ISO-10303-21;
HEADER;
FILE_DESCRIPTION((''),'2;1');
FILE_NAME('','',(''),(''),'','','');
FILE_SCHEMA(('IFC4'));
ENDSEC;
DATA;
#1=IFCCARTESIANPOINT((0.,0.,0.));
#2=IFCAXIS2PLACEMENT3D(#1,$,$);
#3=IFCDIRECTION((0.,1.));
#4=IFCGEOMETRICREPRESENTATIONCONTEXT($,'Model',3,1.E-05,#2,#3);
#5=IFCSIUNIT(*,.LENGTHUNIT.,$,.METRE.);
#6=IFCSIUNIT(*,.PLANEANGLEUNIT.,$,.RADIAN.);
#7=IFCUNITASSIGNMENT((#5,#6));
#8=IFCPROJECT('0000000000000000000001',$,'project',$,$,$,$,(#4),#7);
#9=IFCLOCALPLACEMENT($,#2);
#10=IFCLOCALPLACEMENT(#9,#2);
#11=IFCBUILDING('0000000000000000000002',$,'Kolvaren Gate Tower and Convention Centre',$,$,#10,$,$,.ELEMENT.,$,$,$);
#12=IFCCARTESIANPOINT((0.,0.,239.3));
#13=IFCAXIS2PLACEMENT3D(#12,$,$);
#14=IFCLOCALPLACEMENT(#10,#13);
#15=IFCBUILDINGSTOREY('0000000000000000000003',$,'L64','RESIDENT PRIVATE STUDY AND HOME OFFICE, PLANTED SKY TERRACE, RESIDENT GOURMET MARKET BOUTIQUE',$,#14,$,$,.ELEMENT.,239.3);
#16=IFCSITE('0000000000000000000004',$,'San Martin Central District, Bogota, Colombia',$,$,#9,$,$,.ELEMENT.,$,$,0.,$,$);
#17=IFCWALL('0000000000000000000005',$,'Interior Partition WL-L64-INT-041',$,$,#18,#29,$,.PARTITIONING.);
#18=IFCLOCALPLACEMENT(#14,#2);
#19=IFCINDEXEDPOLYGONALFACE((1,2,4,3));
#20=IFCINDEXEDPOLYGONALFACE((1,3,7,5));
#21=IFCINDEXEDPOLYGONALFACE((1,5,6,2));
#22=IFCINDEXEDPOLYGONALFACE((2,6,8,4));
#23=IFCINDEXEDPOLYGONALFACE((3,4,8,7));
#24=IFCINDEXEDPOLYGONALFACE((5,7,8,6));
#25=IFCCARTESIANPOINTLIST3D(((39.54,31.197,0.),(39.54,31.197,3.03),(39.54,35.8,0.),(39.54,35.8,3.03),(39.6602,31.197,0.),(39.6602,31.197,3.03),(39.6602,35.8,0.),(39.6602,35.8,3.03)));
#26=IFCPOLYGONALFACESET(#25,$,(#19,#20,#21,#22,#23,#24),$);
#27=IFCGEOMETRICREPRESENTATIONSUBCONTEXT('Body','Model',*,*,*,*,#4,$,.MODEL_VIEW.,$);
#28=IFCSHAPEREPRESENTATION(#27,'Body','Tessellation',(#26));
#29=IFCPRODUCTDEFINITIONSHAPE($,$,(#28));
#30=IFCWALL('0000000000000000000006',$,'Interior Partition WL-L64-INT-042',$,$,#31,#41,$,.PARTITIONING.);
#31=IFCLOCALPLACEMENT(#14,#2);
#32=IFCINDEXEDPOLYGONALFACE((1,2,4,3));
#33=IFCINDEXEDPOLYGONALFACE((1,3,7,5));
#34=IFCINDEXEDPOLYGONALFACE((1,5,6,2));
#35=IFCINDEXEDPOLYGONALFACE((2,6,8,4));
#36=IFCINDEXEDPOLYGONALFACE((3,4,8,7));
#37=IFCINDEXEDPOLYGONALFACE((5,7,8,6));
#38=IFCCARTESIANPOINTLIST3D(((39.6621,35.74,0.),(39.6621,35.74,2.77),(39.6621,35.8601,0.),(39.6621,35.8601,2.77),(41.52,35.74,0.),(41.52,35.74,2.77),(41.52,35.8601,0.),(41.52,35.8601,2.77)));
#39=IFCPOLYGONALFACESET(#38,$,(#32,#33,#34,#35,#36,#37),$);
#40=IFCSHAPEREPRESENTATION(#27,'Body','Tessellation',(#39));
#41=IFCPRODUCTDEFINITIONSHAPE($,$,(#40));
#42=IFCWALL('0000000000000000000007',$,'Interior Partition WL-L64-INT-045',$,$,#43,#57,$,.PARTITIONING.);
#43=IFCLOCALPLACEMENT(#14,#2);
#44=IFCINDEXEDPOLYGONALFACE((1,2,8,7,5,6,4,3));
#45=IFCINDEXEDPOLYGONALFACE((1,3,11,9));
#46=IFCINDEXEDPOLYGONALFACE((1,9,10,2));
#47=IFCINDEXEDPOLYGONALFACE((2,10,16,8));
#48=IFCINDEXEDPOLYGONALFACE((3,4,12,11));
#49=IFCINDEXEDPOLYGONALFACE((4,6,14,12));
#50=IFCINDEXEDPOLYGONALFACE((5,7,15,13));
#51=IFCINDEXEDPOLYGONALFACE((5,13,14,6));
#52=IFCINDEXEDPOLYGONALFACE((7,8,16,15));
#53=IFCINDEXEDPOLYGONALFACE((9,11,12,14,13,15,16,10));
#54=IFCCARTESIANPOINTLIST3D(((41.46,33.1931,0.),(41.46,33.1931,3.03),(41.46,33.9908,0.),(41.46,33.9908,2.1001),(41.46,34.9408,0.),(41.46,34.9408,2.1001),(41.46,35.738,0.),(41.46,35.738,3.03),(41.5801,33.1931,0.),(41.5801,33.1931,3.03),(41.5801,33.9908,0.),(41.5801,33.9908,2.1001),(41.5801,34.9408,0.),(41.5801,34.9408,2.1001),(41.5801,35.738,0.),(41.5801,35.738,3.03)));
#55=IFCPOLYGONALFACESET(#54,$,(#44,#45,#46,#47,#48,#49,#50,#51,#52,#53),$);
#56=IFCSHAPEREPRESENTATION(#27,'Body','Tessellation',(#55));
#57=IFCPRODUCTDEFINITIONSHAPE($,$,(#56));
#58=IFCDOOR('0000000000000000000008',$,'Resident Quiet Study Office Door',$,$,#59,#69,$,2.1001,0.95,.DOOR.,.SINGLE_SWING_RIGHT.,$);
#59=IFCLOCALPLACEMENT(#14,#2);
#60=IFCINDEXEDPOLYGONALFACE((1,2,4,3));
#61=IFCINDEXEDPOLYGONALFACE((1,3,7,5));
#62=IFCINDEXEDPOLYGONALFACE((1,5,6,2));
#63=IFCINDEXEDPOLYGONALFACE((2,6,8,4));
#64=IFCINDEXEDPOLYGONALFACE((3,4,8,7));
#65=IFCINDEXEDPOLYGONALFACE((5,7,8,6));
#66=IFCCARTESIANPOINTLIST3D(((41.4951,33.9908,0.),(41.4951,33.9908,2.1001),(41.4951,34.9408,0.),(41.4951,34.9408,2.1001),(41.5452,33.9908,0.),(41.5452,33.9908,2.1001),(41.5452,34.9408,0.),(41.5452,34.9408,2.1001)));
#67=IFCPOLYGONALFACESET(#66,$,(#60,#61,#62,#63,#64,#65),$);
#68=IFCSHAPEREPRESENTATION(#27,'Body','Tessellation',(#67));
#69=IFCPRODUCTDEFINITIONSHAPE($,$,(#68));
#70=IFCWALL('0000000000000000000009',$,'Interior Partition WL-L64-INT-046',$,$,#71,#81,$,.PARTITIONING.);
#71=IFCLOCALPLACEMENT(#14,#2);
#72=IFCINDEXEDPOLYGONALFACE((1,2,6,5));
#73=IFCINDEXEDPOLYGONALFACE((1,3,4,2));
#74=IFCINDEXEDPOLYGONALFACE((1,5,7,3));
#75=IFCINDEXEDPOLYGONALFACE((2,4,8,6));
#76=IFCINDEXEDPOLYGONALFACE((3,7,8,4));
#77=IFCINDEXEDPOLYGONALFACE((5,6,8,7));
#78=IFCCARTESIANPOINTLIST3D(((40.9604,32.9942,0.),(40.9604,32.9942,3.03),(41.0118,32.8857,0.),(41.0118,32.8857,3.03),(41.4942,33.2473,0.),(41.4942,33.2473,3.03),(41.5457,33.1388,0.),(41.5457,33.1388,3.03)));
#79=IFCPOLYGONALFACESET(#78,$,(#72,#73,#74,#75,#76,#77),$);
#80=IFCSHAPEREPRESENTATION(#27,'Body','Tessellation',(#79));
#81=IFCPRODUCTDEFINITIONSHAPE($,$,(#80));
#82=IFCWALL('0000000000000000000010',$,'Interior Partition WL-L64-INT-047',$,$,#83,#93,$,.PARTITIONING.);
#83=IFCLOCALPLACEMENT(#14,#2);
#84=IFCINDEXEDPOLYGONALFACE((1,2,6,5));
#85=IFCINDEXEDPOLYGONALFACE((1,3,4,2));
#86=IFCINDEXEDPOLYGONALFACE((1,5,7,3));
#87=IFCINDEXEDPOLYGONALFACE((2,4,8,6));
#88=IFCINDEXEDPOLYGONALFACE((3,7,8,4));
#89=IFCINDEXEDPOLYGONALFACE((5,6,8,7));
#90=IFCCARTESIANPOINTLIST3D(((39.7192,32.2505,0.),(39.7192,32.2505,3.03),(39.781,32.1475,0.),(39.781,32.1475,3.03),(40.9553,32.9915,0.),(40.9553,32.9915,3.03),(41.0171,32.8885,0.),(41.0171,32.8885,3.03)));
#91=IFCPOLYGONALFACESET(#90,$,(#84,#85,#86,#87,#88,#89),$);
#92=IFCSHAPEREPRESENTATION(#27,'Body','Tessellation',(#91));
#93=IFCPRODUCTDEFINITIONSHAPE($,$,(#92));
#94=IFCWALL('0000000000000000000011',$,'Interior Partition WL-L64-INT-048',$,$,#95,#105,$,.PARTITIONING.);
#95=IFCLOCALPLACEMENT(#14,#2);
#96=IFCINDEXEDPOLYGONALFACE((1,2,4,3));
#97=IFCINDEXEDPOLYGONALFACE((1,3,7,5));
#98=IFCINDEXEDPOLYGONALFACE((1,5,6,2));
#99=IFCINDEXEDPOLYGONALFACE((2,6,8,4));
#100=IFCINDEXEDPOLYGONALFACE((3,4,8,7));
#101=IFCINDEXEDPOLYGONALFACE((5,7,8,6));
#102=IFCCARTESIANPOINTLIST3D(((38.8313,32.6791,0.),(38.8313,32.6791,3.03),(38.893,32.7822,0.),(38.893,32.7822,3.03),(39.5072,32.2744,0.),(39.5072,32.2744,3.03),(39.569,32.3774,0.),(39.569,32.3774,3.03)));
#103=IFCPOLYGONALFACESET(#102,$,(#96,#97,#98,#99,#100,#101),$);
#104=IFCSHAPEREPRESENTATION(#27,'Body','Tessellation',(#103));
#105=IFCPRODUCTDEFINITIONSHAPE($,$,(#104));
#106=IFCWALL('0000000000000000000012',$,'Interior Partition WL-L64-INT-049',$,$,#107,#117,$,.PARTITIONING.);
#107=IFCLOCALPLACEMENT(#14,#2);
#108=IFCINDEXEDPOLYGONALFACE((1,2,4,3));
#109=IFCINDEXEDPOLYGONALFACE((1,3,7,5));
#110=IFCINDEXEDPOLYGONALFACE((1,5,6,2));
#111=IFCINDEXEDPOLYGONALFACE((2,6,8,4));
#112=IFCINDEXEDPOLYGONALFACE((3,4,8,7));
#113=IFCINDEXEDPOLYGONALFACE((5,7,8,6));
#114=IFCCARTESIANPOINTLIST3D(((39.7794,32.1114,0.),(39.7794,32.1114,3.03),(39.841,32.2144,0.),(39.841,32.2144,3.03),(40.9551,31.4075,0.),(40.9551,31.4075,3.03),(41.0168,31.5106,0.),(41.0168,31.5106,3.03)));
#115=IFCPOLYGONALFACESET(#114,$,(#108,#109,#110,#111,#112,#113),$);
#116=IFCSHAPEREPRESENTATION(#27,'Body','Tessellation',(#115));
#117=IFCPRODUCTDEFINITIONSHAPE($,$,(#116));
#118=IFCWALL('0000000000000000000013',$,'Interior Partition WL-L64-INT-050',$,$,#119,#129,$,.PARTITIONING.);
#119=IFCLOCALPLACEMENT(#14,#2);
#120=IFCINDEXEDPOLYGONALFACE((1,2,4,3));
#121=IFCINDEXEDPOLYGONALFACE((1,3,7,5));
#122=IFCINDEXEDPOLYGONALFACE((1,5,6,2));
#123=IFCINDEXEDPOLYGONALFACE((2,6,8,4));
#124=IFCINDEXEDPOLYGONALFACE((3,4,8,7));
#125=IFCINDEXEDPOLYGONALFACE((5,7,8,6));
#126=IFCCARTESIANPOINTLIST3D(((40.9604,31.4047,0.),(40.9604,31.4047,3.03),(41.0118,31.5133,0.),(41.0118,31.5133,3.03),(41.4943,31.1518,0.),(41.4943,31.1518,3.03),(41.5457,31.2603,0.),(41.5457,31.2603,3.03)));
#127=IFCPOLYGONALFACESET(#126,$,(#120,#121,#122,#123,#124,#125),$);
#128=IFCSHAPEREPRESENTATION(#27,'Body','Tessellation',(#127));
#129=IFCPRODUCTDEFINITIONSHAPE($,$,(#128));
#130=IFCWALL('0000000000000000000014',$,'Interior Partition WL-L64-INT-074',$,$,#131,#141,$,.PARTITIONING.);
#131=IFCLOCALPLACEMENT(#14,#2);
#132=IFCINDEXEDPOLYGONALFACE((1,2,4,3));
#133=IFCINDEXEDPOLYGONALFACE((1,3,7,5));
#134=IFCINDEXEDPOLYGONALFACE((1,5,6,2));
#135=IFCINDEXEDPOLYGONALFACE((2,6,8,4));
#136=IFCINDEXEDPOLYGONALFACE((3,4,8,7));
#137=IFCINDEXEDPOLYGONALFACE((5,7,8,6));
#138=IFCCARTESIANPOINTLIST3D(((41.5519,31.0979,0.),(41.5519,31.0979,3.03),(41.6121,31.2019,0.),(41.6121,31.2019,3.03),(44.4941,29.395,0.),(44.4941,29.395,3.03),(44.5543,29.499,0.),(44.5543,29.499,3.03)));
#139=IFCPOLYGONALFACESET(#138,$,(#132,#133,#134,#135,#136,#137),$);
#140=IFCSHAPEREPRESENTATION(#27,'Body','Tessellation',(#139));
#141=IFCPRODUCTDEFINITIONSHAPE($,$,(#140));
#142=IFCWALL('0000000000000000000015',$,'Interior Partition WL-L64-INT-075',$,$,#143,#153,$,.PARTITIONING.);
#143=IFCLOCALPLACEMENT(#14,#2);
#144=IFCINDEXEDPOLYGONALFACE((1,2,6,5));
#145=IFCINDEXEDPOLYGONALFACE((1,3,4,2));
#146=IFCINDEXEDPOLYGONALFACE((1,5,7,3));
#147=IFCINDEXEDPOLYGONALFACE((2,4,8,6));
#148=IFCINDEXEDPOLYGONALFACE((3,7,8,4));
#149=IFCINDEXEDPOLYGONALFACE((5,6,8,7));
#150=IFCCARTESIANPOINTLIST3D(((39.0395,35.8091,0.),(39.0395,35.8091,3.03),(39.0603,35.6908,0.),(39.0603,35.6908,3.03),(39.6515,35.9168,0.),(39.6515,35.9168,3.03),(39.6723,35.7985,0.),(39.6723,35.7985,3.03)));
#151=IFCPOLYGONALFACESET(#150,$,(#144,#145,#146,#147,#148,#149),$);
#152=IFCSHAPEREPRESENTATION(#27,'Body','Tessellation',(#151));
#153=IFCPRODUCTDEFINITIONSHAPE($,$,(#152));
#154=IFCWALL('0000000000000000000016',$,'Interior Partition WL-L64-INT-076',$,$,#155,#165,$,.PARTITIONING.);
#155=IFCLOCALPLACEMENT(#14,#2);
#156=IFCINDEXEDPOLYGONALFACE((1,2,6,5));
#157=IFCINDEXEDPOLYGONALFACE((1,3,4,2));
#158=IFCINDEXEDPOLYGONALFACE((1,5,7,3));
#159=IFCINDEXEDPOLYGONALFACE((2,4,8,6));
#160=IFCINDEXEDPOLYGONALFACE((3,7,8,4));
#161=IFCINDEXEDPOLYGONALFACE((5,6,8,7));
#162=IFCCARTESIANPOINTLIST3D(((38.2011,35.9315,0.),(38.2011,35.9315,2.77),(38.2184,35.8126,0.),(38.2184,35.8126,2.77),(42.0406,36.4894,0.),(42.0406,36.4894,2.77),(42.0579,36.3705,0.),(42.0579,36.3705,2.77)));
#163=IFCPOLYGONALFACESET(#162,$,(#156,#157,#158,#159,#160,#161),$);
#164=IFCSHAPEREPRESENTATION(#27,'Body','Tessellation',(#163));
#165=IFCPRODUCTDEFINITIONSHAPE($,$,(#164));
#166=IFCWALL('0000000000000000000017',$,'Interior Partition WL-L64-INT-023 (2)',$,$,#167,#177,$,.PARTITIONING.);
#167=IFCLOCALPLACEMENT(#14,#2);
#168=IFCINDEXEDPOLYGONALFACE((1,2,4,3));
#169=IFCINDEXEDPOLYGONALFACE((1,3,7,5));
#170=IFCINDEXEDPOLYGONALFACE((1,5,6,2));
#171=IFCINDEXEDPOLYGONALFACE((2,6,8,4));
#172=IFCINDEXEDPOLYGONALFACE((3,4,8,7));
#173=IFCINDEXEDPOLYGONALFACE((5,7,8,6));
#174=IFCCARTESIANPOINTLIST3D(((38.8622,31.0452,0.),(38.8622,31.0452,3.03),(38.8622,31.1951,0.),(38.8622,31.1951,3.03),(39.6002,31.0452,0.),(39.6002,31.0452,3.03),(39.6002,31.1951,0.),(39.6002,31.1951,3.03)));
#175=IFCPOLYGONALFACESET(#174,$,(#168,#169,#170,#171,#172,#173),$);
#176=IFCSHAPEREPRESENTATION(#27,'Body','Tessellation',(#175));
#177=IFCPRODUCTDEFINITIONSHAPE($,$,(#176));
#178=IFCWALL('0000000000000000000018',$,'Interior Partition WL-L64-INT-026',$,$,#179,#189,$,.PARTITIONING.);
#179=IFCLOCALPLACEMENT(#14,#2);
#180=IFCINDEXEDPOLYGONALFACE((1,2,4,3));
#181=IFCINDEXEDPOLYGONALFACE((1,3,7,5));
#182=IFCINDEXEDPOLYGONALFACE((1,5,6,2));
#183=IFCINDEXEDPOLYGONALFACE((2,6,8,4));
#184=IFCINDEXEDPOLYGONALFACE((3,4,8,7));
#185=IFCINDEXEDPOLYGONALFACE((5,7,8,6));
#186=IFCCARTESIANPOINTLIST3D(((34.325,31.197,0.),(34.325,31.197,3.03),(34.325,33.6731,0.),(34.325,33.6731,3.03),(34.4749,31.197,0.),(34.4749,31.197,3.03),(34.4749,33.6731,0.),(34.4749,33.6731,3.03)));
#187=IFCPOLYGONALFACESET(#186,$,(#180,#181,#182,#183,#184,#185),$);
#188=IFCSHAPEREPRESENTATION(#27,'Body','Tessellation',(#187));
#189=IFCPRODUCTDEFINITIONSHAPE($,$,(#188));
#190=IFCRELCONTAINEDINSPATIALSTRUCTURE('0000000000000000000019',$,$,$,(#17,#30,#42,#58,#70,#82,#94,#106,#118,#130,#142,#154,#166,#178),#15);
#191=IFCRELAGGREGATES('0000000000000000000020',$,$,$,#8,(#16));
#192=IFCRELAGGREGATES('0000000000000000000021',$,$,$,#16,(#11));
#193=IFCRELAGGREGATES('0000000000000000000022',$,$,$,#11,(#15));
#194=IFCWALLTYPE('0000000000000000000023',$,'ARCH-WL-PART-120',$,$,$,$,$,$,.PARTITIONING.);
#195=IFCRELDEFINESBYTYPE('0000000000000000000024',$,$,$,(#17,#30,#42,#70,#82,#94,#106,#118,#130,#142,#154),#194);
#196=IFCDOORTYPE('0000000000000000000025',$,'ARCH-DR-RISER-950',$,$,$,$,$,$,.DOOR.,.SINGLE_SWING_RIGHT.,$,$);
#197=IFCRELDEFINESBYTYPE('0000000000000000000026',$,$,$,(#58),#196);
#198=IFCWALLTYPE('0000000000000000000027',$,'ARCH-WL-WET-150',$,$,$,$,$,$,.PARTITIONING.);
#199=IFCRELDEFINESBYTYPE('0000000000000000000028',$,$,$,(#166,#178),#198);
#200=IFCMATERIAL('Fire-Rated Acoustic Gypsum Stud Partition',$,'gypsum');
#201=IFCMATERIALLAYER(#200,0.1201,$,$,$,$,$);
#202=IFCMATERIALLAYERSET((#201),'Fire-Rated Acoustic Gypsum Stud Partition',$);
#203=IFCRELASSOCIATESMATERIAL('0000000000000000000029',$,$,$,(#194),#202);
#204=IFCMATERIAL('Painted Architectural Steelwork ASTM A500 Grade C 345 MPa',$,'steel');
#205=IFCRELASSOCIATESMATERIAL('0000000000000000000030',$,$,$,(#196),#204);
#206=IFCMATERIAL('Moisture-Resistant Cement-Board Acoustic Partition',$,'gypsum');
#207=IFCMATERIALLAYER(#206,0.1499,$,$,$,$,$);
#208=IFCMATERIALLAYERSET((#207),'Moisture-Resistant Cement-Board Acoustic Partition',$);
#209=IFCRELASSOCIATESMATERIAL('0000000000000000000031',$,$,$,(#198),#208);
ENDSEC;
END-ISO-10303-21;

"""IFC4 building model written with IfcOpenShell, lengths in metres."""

from ifc_helpers import new_model, si_unit, direction, frame, frame_2d, origin, place, context, subcontext, project, spatial, rectangle, extrude, material, layer, layer_set, type_object, element, fill, save


model = new_model("IFC4")

# Units and contexts
model_context = context("Model", 3, precision=1e-05, world=origin(), true_north=direction((0.0, 1.0)))
body_context = subcontext(model_context, "Body", "Model", "MODEL_VIEW")
ifc_project = project(units=[si_unit("LENGTHUNIT", "METRE"), si_unit("PLANEANGLEUNIT", "RADIAN")], contexts=[model_context])

# Site, building, storey
site_placement = place(None, origin())
site = spatial("IfcSite", under=ifc_project, at=site_placement, Name="San Martin Central District, Bogota, Colombia", CompositionType="ELEMENT", RefElevation=0.0)
building_placement = place(site_placement, origin())
building = spatial("IfcBuilding", under=site, at=building_placement, Name="Kolvaren Gate Tower and Convention Centre", CompositionType="ELEMENT")
storey_placement = place(building_placement, frame((0.0, 0.0, 239.3)))
storey = spatial("IfcBuildingStorey", under=building, at=storey_placement, Name="L64", Description="RESIDENT PRIVATE STUDY AND HOME OFFICE, PLANTED SKY TERRACE, RESIDENT GOURMET MARKET BOUTIQUE", CompositionType="ELEMENT", Elevation=239.3)

# Shared definitions
ifc_material_1 = material(Name="Fire-Rated Acoustic Gypsum Stud Partition", Category="gypsum")
ifc_layer_1 = layer(ifc_material_1, 0.1201)
ifc_layer_set_1 = layer_set([ifc_layer_1], Name="Fire-Rated Acoustic Gypsum Stud Partition")
wall_type_1 = type_object("IfcWallType", Name="ARCH-WL-PART-120", PredefinedType="PARTITIONING", material=ifc_layer_set_1)

# Shared definitions
ifc_material_2 = material(Name="Painted Architectural Steelwork ASTM A500 Grade C 345 MPa", Category="steel")
door_type = type_object("IfcDoorType", Name="ARCH-DR-RISER-950", OperationType="SINGLE_SWING_RIGHT", PredefinedType="DOOR", material=ifc_material_2)

# Walls
wall_1_placement = place(storey_placement, frame((39.6001, 31.197, 0.0), z_axis=(0.0, 0.0, 1.0), x_axis=(0.0, 1.0, 0.0)))
element("IfcWall", 1, at=wall_1_placement, inside=storey, type_object=wall_type_1, Name="Interior Partition WL-L64-INT-041", PredefinedType="PARTITIONING", context=body_context, shape_type="SweptSolid", body=[
    extrude(rectangle(XDim=4.603, YDim=0.1201, at=frame_2d((2.3015, 0.0))), origin(), (0.0, 0.0, 1.0), 3.03),
])
wall_2_placement = place(storey_placement, frame((39.6621, 35.8, 0.0), z_axis=(0.0, 0.0, 1.0), x_axis=(1.0, 0.0, 0.0)))
element("IfcWall", 2, at=wall_2_placement, inside=storey, type_object=wall_type_1, Name="Interior Partition WL-L64-INT-042", PredefinedType="PARTITIONING", context=body_context, shape_type="SweptSolid", body=[
    extrude(rectangle(XDim=1.8579, YDim=0.1201, at=frame_2d((0.929, 0.0))), origin(), (0.0, 0.0, 1.0), 2.77),
])

# Wall, opening, door
wall_3_placement = place(storey_placement, frame((41.52, 33.1931, 0.0), z_axis=(0.0, 0.0, 1.0), x_axis=(0.0, 1.0, 0.0)))
wall_3 = element("IfcWall", 3, at=wall_3_placement, inside=storey, type_object=wall_type_1, Name="Interior Partition WL-L64-INT-045", PredefinedType="PARTITIONING", context=body_context, shape_type="SweptSolid", body=[
    extrude(rectangle(XDim=2.5449, YDim=0.1201, at=frame_2d((1.2725, 0.0))), origin(), (0.0, 0.0, 1.0), 3.03),
])
opening_1_placement = place(wall_3_placement, frame((0.7976, 0.0, 0.0)))
opening_1 = element("IfcOpeningElement", 4, at=opening_1_placement, cuts=wall_3, PredefinedType="OPENING", context=body_context, shape_type="SweptSolid", body=[
    extrude(rectangle(XDim=0.95, YDim=2.1001, at=frame_2d((0.4751, 1.05))), frame((0.0, 0.0701, 0.0), z_axis=(0.0, -1.0, 0.0), x_axis=(1.0, 0.0, 0.0)), (0.0, 0.0, 1.0), 0.1401),
])
door_1_placement = place(opening_1_placement, origin())
door_1 = element("IfcDoor", 5, at=door_1_placement, inside=storey, type_object=door_type, Name="Resident Quiet Study Office Door", OperationType="SINGLE_SWING_RIGHT", OverallHeight=2.1001, OverallWidth=0.95, PredefinedType="DOOR", context=body_context, shape_type="SweptSolid", body=[
    extrude(rectangle(XDim=0.95, YDim=2.1001, at=frame_2d((0.4751, 1.05))), frame((0.0, 0.0249, 0.0), z_axis=(0.0, -1.0, 0.0), x_axis=(1.0, 0.0, 0.0)), (0.0, 0.0, 1.0), 0.05),
])
fill(opening_1, door_1)

# Walls
wall_4_placement = place(storey_placement, frame((40.9861, 32.9399, 0.0), z_axis=(0.0, 0.0, 1.0), x_axis=(0.90357, 0.428442, 0.0)))
element("IfcWall", 6, at=wall_4_placement, inside=storey, type_object=wall_type_1, Name="Interior Partition WL-L64-INT-046", PredefinedType="PARTITIONING", context=body_context, shape_type="SweptSolid", body=[
    extrude(rectangle(XDim=0.5908, YDim=0.1201, at=frame_2d((0.2954, 0.0))), origin(), (0.0, 0.0, 1.0), 3.03),
])
wall_5_placement = place(storey_placement, frame((39.75, 32.199, 0.0), z_axis=(0.0, 0.0, 1.0), x_axis=(0.857702, 0.514147, 0.0)))
element("IfcWall", 7, at=wall_5_placement, inside=storey, type_object=wall_type_1, Name="Interior Partition WL-L64-INT-047", PredefinedType="PARTITIONING", context=body_context, shape_type="SweptSolid", body=[
    extrude(rectangle(XDim=1.4412, YDim=0.1201, at=frame_2d((0.7207, 0.0))), origin(), (0.0, 0.0, 1.0), 3.03),
])
wall_6_placement = place(storey_placement, frame((38.8621, 32.7307, 0.0), z_axis=(0.0, 0.0, 1.0), x_axis=(0.857957, -0.513721, 0.0)))
element("IfcWall", 8, at=wall_6_placement, inside=storey, type_object=wall_type_1, Name="Interior Partition WL-L64-INT-048", PredefinedType="PARTITIONING", context=body_context, shape_type="SweptSolid", body=[
    extrude(rectangle(XDim=0.7878, YDim=0.1201, at=frame_2d((0.394, 0.0))), origin(), (0.0, 0.0, 1.0), 3.03),
])
wall_7_placement = place(storey_placement, frame((39.8103, 32.1628, 0.0), z_axis=(0.0, 0.0, 1.0), x_axis=(0.858011, -0.513631, 0.0)))
element("IfcWall", 9, at=wall_7_placement, inside=storey, type_object=wall_type_1, Name="Interior Partition WL-L64-INT-049", PredefinedType="PARTITIONING", context=body_context, shape_type="SweptSolid", body=[
    extrude(rectangle(XDim=1.3704, YDim=0.1201, at=frame_2d((0.6851, 0.0))), origin(), (0.0, 0.0, 1.0), 3.03),
])
wall_8_placement = place(storey_placement, frame((40.9861, 31.459, 0.0), z_axis=(0.0, 0.0, 1.0), x_axis=(0.903729, -0.428104, 0.0)))
element("IfcWall", 10, at=wall_8_placement, inside=storey, type_object=wall_type_1, Name="Interior Partition WL-L64-INT-050", PredefinedType="PARTITIONING", context=body_context, shape_type="SweptSolid", body=[
    extrude(rectangle(XDim=0.5908, YDim=0.1201, at=frame_2d((0.2954, 0.0))), origin(), (0.0, 0.0, 1.0), 3.03),
])
wall_9_placement = place(storey_placement, frame((41.582, 31.1499, 0.0), z_axis=(0.0, 0.0, 1.0), x_axis=(0.865485, -0.500934, 0.0)))
element("IfcWall", 11, at=wall_9_placement, inside=storey, type_object=wall_type_1, Name="Interior Partition WL-L64-INT-074", PredefinedType="PARTITIONING", context=body_context, shape_type="SweptSolid", body=[
    extrude(rectangle(XDim=3.3994, YDim=0.1201, at=frame_2d((1.6997, 0.0))), origin(), (0.0, 0.0, 1.0), 3.03),
])
wall_10_placement = place(storey_placement, frame((39.05, 35.75, 0.0), z_axis=(0.0, 0.0, 1.0), x_axis=(0.984878, 0.173247, 0.0)))
element("IfcWall", 12, at=wall_10_placement, inside=storey, type_object=wall_type_1, Name="Interior Partition WL-L64-INT-075", PredefinedType="PARTITIONING", context=body_context, shape_type="SweptSolid", body=[
    extrude(rectangle(XDim=0.6213, YDim=0.1201, at=frame_2d((0.3105, 0.0))), origin(), (0.0, 0.0, 1.0), 3.03),
])
wall_11_placement = place(storey_placement, frame((38.2097, 35.8721, 0.0), z_axis=(0.0, 0.0, 1.0), x_axis=(0.989609, 0.143782, 0.0)))
element("IfcWall", 13, at=wall_11_placement, inside=storey, type_object=wall_type_1, Name="Interior Partition WL-L64-INT-076", PredefinedType="PARTITIONING", context=body_context, shape_type="SweptSolid", body=[
    extrude(rectangle(XDim=3.8799, YDim=0.1201, at=frame_2d((1.9399, 0.0))), origin(), (0.0, 0.0, 1.0), 2.77),
])
ifc_material_3 = material(Name="Moisture-Resistant Cement-Board Acoustic Partition", Category="gypsum")
ifc_layer_2 = layer(ifc_material_3, 0.1499)
ifc_layer_set_2 = layer_set([ifc_layer_2], Name="Moisture-Resistant Cement-Board Acoustic Partition")
wall_type_2 = type_object("IfcWallType", Name="ARCH-WL-WET-150", PredefinedType="PARTITIONING", material=ifc_layer_set_2)
wall_12_placement = place(storey_placement, frame((38.8621, 31.1201, 0.0), z_axis=(0.0, 0.0, 1.0), x_axis=(1.0, 0.0, 0.0)))
element("IfcWall", 14, at=wall_12_placement, inside=storey, type_object=wall_type_2, Name="Interior Partition WL-L64-INT-023 (2)", PredefinedType="PARTITIONING", context=body_context, shape_type="SweptSolid", body=[
    extrude(rectangle(XDim=0.738, YDim=0.1499, at=frame_2d((0.3691, 0.0))), origin(), (0.0, 0.0, 1.0), 3.03),
])
wall_13_placement = place(storey_placement, frame((34.3999, 31.197, 0.0), z_axis=(0.0, 0.0, 1.0), x_axis=(0.0, 1.0, 0.0)))
element("IfcWall", 15, at=wall_13_placement, inside=storey, type_object=wall_type_2, Name="Interior Partition WL-L64-INT-026", PredefinedType="PARTITIONING", context=body_context, shape_type="SweptSolid", body=[
    extrude(rectangle(XDim=2.4761, YDim=0.1499, at=frame_2d((1.238, 0.0))), origin(), (0.0, 0.0, 1.0), 3.03),
])

save(model, "model.ifc")
